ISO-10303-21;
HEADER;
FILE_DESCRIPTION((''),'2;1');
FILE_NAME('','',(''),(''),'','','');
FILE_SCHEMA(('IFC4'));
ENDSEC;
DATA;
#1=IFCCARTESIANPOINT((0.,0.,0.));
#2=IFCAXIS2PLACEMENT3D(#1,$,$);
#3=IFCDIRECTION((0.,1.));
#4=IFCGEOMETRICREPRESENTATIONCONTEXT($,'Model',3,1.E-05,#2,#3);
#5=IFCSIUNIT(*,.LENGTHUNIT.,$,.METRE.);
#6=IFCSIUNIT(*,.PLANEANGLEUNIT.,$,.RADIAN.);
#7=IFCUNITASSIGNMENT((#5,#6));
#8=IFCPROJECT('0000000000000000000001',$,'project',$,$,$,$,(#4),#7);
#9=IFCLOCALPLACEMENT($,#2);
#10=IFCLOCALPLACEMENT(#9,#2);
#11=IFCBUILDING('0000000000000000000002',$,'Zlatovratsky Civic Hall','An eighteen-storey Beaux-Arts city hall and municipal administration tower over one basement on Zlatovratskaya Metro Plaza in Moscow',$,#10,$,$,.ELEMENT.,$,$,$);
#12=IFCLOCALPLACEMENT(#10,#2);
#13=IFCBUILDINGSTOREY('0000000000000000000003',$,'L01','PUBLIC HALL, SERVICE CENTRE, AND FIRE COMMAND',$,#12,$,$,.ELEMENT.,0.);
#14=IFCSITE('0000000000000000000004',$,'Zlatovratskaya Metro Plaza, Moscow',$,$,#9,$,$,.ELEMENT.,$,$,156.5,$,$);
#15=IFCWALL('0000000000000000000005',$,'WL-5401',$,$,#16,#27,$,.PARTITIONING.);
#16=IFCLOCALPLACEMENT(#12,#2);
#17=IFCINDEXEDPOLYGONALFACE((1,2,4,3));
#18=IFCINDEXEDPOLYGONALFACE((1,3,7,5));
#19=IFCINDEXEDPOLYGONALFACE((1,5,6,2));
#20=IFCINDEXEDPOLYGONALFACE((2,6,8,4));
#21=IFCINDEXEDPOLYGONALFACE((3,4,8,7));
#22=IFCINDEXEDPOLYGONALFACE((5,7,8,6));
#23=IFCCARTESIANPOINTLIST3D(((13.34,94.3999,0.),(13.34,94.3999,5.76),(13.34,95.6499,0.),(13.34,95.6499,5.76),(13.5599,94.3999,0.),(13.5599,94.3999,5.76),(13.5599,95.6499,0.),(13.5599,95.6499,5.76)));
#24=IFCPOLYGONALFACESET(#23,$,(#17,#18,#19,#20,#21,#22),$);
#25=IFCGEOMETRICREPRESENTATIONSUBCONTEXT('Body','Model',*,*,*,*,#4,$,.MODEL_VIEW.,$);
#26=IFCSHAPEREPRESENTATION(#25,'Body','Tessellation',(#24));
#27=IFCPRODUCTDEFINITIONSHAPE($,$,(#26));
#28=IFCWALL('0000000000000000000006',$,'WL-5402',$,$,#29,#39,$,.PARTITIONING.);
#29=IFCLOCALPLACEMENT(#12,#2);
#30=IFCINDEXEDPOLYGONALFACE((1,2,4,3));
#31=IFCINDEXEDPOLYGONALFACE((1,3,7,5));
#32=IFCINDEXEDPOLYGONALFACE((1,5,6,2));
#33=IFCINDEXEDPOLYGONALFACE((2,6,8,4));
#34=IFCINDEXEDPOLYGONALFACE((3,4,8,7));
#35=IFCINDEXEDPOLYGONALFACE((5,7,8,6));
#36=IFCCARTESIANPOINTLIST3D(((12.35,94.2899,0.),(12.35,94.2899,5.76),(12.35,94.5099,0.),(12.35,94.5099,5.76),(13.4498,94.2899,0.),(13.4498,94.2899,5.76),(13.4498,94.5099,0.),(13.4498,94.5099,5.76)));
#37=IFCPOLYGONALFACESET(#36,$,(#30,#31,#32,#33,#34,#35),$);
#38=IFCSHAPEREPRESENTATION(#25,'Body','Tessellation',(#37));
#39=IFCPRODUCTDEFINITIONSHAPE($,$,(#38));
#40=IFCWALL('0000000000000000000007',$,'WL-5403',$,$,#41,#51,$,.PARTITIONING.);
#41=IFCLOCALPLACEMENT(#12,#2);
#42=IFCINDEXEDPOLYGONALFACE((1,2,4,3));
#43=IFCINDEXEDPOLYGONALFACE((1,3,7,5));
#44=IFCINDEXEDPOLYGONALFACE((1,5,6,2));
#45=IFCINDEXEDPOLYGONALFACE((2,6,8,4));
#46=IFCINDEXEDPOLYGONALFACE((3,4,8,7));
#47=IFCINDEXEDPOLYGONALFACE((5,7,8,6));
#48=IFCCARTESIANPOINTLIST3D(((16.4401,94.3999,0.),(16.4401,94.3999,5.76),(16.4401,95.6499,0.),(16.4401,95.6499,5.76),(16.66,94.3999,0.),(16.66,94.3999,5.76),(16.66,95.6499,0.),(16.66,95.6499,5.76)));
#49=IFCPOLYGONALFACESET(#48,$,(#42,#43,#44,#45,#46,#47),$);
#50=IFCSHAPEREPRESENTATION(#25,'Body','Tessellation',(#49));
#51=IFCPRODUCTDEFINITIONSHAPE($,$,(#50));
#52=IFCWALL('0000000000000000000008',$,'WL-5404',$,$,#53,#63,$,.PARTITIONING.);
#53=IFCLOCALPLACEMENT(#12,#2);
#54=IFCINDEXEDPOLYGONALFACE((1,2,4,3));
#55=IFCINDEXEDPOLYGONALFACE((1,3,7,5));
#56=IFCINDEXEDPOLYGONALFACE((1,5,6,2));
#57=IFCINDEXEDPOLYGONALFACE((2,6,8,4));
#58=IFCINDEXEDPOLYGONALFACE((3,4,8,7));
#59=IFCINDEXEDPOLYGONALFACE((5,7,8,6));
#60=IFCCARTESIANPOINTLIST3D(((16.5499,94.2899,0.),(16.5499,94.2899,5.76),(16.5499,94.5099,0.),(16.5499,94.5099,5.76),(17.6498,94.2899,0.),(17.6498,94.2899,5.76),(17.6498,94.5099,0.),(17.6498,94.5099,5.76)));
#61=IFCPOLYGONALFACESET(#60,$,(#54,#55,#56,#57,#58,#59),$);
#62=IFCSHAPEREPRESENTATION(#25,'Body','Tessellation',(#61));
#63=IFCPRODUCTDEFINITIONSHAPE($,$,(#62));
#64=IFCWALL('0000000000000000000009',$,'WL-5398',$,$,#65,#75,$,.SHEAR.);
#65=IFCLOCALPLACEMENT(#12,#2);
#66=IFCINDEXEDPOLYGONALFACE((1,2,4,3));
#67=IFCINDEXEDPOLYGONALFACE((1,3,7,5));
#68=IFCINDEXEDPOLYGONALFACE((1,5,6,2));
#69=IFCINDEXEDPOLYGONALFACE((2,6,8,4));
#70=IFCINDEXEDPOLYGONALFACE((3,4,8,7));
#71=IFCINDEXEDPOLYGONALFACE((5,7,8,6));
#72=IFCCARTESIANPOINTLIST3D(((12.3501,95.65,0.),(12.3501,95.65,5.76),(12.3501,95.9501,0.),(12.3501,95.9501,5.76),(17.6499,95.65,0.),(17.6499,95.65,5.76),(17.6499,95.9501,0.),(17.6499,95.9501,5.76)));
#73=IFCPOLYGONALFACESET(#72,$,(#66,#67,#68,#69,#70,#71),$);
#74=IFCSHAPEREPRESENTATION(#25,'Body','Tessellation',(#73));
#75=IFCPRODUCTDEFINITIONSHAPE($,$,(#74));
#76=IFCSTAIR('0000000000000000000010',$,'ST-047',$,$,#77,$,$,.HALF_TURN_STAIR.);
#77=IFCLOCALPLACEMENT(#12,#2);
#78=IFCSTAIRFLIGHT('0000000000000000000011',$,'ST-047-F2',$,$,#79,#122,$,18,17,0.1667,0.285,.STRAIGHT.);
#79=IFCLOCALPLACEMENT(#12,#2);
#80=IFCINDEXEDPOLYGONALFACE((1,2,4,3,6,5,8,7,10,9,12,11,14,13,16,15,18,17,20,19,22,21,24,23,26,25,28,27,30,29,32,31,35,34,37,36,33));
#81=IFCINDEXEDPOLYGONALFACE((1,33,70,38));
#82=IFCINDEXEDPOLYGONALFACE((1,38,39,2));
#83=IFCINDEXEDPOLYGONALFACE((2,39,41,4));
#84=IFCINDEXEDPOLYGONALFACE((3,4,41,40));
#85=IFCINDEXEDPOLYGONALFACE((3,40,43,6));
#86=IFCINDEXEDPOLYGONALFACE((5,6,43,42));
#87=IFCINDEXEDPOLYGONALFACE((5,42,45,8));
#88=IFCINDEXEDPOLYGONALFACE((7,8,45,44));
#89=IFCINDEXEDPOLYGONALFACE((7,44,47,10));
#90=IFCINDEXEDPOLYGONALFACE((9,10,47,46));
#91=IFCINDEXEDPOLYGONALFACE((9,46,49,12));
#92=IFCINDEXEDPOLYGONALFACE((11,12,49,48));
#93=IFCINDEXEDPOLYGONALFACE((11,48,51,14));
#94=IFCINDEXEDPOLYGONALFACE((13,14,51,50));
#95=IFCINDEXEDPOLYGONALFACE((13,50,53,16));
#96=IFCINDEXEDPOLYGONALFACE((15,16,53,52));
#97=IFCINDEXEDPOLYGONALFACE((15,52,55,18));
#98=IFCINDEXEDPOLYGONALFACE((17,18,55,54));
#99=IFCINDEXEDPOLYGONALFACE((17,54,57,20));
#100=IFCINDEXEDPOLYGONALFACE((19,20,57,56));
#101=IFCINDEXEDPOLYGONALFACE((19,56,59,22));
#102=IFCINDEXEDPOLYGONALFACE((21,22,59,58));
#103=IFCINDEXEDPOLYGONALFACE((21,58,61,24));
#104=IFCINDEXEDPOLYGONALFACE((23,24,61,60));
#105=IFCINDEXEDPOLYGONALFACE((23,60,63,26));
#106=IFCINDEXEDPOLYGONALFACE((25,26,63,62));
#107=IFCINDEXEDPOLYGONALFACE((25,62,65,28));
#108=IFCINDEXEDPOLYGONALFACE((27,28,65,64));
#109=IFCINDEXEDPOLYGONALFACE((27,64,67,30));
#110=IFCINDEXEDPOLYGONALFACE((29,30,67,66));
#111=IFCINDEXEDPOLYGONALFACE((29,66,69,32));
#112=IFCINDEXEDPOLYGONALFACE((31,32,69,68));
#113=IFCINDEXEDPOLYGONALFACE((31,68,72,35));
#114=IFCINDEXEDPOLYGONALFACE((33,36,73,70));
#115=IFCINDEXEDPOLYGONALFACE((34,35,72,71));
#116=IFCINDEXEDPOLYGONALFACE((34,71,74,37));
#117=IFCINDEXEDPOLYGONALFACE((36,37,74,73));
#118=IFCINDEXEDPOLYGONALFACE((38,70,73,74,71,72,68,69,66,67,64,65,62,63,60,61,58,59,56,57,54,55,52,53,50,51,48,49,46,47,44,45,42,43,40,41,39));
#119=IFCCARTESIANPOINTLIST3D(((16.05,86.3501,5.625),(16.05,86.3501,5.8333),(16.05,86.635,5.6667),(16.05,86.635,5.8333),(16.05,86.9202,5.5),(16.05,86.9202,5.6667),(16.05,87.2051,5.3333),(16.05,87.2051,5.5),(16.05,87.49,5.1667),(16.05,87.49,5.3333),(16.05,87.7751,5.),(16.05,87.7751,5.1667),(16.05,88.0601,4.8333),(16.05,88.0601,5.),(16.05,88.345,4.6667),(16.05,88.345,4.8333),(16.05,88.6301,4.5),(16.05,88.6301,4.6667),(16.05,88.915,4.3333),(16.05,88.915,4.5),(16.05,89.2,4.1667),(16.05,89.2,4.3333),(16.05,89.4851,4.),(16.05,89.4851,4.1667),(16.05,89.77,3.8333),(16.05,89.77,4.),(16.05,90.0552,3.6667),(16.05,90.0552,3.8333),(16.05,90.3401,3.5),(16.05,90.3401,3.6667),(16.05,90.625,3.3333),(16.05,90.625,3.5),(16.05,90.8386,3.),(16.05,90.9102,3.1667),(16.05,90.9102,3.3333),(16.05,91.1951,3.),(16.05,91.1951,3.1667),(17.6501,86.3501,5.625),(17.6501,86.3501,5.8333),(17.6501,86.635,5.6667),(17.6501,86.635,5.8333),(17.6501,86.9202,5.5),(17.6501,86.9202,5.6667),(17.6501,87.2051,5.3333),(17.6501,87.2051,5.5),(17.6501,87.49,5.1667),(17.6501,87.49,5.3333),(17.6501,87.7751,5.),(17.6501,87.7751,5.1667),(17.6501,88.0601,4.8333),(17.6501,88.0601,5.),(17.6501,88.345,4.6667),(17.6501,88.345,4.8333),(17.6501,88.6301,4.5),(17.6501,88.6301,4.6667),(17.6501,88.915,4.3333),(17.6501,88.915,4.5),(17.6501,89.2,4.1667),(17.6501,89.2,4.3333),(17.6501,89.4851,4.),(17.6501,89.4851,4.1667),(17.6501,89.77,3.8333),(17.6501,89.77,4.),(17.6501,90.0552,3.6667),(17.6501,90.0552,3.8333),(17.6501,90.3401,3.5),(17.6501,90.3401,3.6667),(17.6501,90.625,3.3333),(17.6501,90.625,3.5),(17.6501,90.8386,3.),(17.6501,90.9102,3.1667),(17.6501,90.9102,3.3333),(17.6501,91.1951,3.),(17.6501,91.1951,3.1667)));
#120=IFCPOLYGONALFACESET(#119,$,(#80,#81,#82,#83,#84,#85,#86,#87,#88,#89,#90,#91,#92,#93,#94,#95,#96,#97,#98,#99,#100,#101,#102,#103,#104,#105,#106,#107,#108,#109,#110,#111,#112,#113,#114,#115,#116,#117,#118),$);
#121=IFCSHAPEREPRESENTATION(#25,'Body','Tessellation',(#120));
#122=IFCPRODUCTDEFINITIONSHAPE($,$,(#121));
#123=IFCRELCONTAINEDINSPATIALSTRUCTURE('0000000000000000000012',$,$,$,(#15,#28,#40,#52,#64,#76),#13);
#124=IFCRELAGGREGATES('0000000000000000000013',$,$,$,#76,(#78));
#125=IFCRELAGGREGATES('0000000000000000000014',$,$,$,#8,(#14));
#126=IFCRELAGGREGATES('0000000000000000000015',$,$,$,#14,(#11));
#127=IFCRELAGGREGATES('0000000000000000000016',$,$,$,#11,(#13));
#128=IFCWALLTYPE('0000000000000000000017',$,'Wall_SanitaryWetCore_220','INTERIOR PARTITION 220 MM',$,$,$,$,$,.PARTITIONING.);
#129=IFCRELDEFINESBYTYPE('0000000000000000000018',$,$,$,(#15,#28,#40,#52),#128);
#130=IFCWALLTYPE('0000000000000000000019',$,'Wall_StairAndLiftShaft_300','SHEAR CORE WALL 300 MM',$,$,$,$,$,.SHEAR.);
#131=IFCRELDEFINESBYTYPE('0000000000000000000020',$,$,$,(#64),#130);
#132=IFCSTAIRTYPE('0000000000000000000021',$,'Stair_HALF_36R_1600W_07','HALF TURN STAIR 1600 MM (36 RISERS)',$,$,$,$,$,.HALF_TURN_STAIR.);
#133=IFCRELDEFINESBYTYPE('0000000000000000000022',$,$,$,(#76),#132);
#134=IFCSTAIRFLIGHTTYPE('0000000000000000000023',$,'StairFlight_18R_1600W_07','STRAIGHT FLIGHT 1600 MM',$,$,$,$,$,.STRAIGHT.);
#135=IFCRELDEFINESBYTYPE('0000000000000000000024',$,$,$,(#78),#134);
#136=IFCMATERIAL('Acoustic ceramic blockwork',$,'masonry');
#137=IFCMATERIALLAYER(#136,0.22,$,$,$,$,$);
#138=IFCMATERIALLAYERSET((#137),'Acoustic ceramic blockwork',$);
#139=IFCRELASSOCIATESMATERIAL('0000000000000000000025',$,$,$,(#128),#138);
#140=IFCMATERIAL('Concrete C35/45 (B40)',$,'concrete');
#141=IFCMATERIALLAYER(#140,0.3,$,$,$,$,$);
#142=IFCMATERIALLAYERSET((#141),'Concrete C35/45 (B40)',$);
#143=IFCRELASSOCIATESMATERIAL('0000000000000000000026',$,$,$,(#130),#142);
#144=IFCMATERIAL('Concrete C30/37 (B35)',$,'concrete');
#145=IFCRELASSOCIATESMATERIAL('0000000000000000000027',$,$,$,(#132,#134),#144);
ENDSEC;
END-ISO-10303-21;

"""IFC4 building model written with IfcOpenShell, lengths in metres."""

from ifc_helpers import new_model, si_unit, direction, frame, frame_2d, origin, place, context, subcontext, project, spatial, polyline, rectangle, outline, extrude, material, layer, layer_set, type_object, element, aggregate, save


model = new_model("IFC4")

# Units and contexts
model_context = context("Model", 3, precision=1e-05, world=origin(), true_north=direction((0.0, 1.0)))
body_context = subcontext(model_context, "Body", "Model", "MODEL_VIEW")
ifc_project = project(units=[si_unit("LENGTHUNIT", "METRE"), si_unit("PLANEANGLEUNIT", "RADIAN")], contexts=[model_context])

# Site, building, storey
site_placement = place(None, origin())
site = spatial("IfcSite", under=ifc_project, at=site_placement, Name="Zlatovratskaya Metro Plaza, Moscow", CompositionType="ELEMENT", RefElevation=156.5)
building_placement = place(site_placement, origin())
building = spatial("IfcBuilding", under=site, at=building_placement, Name="Zlatovratsky Civic Hall", Description="An eighteen-storey Beaux-Arts city hall and municipal administration tower over one basement on Zlatovratskaya Metro Plaza in Moscow", CompositionType="ELEMENT")
storey_placement = place(building_placement, origin())
storey = spatial("IfcBuildingStorey", under=building, at=storey_placement, Name="L01", Description="PUBLIC HALL, SERVICE CENTRE, AND FIRE COMMAND", CompositionType="ELEMENT", Elevation=0.0)

# Shared definitions
ifc_material_1 = material(Name="Concrete C35/45 (B40)", Category="concrete")

# Shared definitions
ifc_material_2 = material(Name="Acoustic ceramic blockwork", Category="masonry")

# Walls
ifc_layer_1 = layer(ifc_material_2, 0.22)
ifc_layer_set_1 = layer_set([ifc_layer_1], Name="Acoustic ceramic blockwork")
wall_type_1 = type_object("IfcWallType", Name="Wall_SanitaryWetCore_220", Description="INTERIOR PARTITION 220 MM", PredefinedType="PARTITIONING", material=ifc_layer_set_1)
wall_1_placement = place(storey_placement, frame((13.45, 94.3999, 0.0), z_axis=(0.0, 0.0, 1.0), x_axis=(0.0, 1.0, 0.0)))
element("IfcWall", 1, at=wall_1_placement, inside=storey, type_object=wall_type_1, Name="WL-5401", PredefinedType="PARTITIONING", context=body_context, shape_type="SweptSolid", body=[
    extrude(rectangle(XDim=1.25, YDim=0.22, at=frame_2d((0.625, 0.0))), origin(), (0.0, 0.0, 1.0), 5.76),
])
wall_2_placement = place(storey_placement, frame((12.3501, 94.3999, 0.0), z_axis=(0.0, 0.0, 1.0), x_axis=(1.0, 0.0, 0.0)))
element("IfcWall", 2, at=wall_2_placement, inside=storey, type_object=wall_type_1, Name="WL-5402", PredefinedType="PARTITIONING", context=body_context, shape_type="SweptSolid", body=[
    extrude(rectangle(XDim=1.0999, YDim=0.22, at=frame_2d((0.5498, 0.0))), origin(), (0.0, 0.0, 1.0), 5.76),
])
wall_3_placement = place(storey_placement, frame((16.55, 94.3999, 0.0), z_axis=(0.0, 0.0, 1.0), x_axis=(0.0, 1.0, 0.0)))
element("IfcWall", 3, at=wall_3_placement, inside=storey, type_object=wall_type_1, Name="WL-5403", PredefinedType="PARTITIONING", context=body_context, shape_type="SweptSolid", body=[
    extrude(rectangle(XDim=1.25, YDim=0.22, at=frame_2d((0.625, 0.0))), origin(), (0.0, 0.0, 1.0), 5.76),
])
wall_4_placement = place(storey_placement, frame((16.55, 94.3999, 0.0), z_axis=(0.0, 0.0, 1.0), x_axis=(1.0, 0.0, 0.0)))
element("IfcWall", 4, at=wall_4_placement, inside=storey, type_object=wall_type_1, Name="WL-5404", PredefinedType="PARTITIONING", context=body_context, shape_type="SweptSolid", body=[
    extrude(rectangle(XDim=1.0999, YDim=0.22, at=frame_2d((0.5498, 0.0))), origin(), (0.0, 0.0, 1.0), 5.76),
])
ifc_layer_2 = layer(ifc_material_1, 0.3)
ifc_layer_set_2 = layer_set([ifc_layer_2], Name="Concrete C35/45 (B40)")
wall_type_2 = type_object("IfcWallType", Name="Wall_StairAndLiftShaft_300", Description="SHEAR CORE WALL 300 MM", PredefinedType="SHEAR", material=ifc_layer_set_2)
wall_5_placement = place(storey_placement, frame((12.3501, 95.8, 0.0), z_axis=(0.0, 0.0, 1.0), x_axis=(1.0, 0.0, 0.0)))
element("IfcWall", 5, at=wall_5_placement, inside=storey, type_object=wall_type_2, Name="WL-5398", PredefinedType="SHEAR", context=body_context, shape_type="SweptSolid", body=[
    extrude(rectangle(XDim=5.2998, YDim=0.3, at=frame_2d((2.6499, 0.0))), origin(), (0.0, 0.0, 1.0), 5.76),
])

# Stair, stair flight
ifc_material_3 = material(Name="Concrete C30/37 (B35)", Category="concrete")
stair_type = type_object("IfcStairType", Name="Stair_HALF_36R_1600W_07", Description="HALF TURN STAIR 1600 MM (36 RISERS)", PredefinedType="HALF_TURN_STAIR", material=ifc_material_3)
stair_placement = place(storey_placement, origin())
stair = element("IfcStair", 6, at=stair_placement, inside=storey, type_object=stair_type, Name="ST-047", PredefinedType="HALF_TURN_STAIR")
stair_flight_type = type_object("IfcStairFlightType", Name="StairFlight_18R_1600W_07", Description="STRAIGHT FLIGHT 1600 MM", PredefinedType="STRAIGHT", material=ifc_material_3)
stair_flight_placement = place(storey_placement, frame((16.8501, 91.1951, 3.0), z_axis=(0.0, 0.0, 1.0), x_axis=(0.0, -1.0, 0.0)))
stair_flight = element("IfcStairFlight", 7, at=stair_flight_placement, type_object=stair_flight_type, Name="ST-047-F2", NumberOfRisers=18, NumberOfTreads=17, PredefinedType="STRAIGHT", RiserHeight=0.1667, TreadLength=0.285, context=body_context, shape_type="SweptSolid", body=[
    extrude(outline(polyline([(0.0, 0.0), (0.0, 0.1667), (0.2849, 0.1667), (0.2849, 0.3333), (0.5701, 0.3333), (0.5701, 0.5), (0.855, 0.5), (0.855, 0.6667), (1.1399, 0.6667), (1.1399, 0.8333), (1.425, 0.8333), (1.425, 1.0), (1.71, 1.0), (1.71, 1.1667), (1.9951, 1.1667), (1.9951, 1.3333), (2.28, 1.3333), (2.28, 1.5), (2.5649, 1.5), (2.5649, 1.6667), (2.8501, 1.6667), (2.8501, 1.8333), (3.135, 1.8333), (3.135, 2.0), (3.4199, 2.0), (3.4199, 2.1667), (3.7051, 2.1667), (3.7051, 2.3333), (3.99, 2.3333), (3.99, 2.5), (4.2749, 2.5), (4.2749, 2.6667), (4.5601, 2.6667), (4.5601, 2.8333), (4.845, 2.8333), (4.845, 3.0), (4.845, 2.625), (0.3564, 0.0), (0.0, 0.0)])), frame((0.0, 0.8, 0.0), z_axis=(0.0, -1.0, 0.0), x_axis=(1.0, 0.0, 0.0)), (0.0, 0.0, 1.0), 1.6001),
])
aggregate(stair, [stair_flight])

save(model, "model.ifc")
